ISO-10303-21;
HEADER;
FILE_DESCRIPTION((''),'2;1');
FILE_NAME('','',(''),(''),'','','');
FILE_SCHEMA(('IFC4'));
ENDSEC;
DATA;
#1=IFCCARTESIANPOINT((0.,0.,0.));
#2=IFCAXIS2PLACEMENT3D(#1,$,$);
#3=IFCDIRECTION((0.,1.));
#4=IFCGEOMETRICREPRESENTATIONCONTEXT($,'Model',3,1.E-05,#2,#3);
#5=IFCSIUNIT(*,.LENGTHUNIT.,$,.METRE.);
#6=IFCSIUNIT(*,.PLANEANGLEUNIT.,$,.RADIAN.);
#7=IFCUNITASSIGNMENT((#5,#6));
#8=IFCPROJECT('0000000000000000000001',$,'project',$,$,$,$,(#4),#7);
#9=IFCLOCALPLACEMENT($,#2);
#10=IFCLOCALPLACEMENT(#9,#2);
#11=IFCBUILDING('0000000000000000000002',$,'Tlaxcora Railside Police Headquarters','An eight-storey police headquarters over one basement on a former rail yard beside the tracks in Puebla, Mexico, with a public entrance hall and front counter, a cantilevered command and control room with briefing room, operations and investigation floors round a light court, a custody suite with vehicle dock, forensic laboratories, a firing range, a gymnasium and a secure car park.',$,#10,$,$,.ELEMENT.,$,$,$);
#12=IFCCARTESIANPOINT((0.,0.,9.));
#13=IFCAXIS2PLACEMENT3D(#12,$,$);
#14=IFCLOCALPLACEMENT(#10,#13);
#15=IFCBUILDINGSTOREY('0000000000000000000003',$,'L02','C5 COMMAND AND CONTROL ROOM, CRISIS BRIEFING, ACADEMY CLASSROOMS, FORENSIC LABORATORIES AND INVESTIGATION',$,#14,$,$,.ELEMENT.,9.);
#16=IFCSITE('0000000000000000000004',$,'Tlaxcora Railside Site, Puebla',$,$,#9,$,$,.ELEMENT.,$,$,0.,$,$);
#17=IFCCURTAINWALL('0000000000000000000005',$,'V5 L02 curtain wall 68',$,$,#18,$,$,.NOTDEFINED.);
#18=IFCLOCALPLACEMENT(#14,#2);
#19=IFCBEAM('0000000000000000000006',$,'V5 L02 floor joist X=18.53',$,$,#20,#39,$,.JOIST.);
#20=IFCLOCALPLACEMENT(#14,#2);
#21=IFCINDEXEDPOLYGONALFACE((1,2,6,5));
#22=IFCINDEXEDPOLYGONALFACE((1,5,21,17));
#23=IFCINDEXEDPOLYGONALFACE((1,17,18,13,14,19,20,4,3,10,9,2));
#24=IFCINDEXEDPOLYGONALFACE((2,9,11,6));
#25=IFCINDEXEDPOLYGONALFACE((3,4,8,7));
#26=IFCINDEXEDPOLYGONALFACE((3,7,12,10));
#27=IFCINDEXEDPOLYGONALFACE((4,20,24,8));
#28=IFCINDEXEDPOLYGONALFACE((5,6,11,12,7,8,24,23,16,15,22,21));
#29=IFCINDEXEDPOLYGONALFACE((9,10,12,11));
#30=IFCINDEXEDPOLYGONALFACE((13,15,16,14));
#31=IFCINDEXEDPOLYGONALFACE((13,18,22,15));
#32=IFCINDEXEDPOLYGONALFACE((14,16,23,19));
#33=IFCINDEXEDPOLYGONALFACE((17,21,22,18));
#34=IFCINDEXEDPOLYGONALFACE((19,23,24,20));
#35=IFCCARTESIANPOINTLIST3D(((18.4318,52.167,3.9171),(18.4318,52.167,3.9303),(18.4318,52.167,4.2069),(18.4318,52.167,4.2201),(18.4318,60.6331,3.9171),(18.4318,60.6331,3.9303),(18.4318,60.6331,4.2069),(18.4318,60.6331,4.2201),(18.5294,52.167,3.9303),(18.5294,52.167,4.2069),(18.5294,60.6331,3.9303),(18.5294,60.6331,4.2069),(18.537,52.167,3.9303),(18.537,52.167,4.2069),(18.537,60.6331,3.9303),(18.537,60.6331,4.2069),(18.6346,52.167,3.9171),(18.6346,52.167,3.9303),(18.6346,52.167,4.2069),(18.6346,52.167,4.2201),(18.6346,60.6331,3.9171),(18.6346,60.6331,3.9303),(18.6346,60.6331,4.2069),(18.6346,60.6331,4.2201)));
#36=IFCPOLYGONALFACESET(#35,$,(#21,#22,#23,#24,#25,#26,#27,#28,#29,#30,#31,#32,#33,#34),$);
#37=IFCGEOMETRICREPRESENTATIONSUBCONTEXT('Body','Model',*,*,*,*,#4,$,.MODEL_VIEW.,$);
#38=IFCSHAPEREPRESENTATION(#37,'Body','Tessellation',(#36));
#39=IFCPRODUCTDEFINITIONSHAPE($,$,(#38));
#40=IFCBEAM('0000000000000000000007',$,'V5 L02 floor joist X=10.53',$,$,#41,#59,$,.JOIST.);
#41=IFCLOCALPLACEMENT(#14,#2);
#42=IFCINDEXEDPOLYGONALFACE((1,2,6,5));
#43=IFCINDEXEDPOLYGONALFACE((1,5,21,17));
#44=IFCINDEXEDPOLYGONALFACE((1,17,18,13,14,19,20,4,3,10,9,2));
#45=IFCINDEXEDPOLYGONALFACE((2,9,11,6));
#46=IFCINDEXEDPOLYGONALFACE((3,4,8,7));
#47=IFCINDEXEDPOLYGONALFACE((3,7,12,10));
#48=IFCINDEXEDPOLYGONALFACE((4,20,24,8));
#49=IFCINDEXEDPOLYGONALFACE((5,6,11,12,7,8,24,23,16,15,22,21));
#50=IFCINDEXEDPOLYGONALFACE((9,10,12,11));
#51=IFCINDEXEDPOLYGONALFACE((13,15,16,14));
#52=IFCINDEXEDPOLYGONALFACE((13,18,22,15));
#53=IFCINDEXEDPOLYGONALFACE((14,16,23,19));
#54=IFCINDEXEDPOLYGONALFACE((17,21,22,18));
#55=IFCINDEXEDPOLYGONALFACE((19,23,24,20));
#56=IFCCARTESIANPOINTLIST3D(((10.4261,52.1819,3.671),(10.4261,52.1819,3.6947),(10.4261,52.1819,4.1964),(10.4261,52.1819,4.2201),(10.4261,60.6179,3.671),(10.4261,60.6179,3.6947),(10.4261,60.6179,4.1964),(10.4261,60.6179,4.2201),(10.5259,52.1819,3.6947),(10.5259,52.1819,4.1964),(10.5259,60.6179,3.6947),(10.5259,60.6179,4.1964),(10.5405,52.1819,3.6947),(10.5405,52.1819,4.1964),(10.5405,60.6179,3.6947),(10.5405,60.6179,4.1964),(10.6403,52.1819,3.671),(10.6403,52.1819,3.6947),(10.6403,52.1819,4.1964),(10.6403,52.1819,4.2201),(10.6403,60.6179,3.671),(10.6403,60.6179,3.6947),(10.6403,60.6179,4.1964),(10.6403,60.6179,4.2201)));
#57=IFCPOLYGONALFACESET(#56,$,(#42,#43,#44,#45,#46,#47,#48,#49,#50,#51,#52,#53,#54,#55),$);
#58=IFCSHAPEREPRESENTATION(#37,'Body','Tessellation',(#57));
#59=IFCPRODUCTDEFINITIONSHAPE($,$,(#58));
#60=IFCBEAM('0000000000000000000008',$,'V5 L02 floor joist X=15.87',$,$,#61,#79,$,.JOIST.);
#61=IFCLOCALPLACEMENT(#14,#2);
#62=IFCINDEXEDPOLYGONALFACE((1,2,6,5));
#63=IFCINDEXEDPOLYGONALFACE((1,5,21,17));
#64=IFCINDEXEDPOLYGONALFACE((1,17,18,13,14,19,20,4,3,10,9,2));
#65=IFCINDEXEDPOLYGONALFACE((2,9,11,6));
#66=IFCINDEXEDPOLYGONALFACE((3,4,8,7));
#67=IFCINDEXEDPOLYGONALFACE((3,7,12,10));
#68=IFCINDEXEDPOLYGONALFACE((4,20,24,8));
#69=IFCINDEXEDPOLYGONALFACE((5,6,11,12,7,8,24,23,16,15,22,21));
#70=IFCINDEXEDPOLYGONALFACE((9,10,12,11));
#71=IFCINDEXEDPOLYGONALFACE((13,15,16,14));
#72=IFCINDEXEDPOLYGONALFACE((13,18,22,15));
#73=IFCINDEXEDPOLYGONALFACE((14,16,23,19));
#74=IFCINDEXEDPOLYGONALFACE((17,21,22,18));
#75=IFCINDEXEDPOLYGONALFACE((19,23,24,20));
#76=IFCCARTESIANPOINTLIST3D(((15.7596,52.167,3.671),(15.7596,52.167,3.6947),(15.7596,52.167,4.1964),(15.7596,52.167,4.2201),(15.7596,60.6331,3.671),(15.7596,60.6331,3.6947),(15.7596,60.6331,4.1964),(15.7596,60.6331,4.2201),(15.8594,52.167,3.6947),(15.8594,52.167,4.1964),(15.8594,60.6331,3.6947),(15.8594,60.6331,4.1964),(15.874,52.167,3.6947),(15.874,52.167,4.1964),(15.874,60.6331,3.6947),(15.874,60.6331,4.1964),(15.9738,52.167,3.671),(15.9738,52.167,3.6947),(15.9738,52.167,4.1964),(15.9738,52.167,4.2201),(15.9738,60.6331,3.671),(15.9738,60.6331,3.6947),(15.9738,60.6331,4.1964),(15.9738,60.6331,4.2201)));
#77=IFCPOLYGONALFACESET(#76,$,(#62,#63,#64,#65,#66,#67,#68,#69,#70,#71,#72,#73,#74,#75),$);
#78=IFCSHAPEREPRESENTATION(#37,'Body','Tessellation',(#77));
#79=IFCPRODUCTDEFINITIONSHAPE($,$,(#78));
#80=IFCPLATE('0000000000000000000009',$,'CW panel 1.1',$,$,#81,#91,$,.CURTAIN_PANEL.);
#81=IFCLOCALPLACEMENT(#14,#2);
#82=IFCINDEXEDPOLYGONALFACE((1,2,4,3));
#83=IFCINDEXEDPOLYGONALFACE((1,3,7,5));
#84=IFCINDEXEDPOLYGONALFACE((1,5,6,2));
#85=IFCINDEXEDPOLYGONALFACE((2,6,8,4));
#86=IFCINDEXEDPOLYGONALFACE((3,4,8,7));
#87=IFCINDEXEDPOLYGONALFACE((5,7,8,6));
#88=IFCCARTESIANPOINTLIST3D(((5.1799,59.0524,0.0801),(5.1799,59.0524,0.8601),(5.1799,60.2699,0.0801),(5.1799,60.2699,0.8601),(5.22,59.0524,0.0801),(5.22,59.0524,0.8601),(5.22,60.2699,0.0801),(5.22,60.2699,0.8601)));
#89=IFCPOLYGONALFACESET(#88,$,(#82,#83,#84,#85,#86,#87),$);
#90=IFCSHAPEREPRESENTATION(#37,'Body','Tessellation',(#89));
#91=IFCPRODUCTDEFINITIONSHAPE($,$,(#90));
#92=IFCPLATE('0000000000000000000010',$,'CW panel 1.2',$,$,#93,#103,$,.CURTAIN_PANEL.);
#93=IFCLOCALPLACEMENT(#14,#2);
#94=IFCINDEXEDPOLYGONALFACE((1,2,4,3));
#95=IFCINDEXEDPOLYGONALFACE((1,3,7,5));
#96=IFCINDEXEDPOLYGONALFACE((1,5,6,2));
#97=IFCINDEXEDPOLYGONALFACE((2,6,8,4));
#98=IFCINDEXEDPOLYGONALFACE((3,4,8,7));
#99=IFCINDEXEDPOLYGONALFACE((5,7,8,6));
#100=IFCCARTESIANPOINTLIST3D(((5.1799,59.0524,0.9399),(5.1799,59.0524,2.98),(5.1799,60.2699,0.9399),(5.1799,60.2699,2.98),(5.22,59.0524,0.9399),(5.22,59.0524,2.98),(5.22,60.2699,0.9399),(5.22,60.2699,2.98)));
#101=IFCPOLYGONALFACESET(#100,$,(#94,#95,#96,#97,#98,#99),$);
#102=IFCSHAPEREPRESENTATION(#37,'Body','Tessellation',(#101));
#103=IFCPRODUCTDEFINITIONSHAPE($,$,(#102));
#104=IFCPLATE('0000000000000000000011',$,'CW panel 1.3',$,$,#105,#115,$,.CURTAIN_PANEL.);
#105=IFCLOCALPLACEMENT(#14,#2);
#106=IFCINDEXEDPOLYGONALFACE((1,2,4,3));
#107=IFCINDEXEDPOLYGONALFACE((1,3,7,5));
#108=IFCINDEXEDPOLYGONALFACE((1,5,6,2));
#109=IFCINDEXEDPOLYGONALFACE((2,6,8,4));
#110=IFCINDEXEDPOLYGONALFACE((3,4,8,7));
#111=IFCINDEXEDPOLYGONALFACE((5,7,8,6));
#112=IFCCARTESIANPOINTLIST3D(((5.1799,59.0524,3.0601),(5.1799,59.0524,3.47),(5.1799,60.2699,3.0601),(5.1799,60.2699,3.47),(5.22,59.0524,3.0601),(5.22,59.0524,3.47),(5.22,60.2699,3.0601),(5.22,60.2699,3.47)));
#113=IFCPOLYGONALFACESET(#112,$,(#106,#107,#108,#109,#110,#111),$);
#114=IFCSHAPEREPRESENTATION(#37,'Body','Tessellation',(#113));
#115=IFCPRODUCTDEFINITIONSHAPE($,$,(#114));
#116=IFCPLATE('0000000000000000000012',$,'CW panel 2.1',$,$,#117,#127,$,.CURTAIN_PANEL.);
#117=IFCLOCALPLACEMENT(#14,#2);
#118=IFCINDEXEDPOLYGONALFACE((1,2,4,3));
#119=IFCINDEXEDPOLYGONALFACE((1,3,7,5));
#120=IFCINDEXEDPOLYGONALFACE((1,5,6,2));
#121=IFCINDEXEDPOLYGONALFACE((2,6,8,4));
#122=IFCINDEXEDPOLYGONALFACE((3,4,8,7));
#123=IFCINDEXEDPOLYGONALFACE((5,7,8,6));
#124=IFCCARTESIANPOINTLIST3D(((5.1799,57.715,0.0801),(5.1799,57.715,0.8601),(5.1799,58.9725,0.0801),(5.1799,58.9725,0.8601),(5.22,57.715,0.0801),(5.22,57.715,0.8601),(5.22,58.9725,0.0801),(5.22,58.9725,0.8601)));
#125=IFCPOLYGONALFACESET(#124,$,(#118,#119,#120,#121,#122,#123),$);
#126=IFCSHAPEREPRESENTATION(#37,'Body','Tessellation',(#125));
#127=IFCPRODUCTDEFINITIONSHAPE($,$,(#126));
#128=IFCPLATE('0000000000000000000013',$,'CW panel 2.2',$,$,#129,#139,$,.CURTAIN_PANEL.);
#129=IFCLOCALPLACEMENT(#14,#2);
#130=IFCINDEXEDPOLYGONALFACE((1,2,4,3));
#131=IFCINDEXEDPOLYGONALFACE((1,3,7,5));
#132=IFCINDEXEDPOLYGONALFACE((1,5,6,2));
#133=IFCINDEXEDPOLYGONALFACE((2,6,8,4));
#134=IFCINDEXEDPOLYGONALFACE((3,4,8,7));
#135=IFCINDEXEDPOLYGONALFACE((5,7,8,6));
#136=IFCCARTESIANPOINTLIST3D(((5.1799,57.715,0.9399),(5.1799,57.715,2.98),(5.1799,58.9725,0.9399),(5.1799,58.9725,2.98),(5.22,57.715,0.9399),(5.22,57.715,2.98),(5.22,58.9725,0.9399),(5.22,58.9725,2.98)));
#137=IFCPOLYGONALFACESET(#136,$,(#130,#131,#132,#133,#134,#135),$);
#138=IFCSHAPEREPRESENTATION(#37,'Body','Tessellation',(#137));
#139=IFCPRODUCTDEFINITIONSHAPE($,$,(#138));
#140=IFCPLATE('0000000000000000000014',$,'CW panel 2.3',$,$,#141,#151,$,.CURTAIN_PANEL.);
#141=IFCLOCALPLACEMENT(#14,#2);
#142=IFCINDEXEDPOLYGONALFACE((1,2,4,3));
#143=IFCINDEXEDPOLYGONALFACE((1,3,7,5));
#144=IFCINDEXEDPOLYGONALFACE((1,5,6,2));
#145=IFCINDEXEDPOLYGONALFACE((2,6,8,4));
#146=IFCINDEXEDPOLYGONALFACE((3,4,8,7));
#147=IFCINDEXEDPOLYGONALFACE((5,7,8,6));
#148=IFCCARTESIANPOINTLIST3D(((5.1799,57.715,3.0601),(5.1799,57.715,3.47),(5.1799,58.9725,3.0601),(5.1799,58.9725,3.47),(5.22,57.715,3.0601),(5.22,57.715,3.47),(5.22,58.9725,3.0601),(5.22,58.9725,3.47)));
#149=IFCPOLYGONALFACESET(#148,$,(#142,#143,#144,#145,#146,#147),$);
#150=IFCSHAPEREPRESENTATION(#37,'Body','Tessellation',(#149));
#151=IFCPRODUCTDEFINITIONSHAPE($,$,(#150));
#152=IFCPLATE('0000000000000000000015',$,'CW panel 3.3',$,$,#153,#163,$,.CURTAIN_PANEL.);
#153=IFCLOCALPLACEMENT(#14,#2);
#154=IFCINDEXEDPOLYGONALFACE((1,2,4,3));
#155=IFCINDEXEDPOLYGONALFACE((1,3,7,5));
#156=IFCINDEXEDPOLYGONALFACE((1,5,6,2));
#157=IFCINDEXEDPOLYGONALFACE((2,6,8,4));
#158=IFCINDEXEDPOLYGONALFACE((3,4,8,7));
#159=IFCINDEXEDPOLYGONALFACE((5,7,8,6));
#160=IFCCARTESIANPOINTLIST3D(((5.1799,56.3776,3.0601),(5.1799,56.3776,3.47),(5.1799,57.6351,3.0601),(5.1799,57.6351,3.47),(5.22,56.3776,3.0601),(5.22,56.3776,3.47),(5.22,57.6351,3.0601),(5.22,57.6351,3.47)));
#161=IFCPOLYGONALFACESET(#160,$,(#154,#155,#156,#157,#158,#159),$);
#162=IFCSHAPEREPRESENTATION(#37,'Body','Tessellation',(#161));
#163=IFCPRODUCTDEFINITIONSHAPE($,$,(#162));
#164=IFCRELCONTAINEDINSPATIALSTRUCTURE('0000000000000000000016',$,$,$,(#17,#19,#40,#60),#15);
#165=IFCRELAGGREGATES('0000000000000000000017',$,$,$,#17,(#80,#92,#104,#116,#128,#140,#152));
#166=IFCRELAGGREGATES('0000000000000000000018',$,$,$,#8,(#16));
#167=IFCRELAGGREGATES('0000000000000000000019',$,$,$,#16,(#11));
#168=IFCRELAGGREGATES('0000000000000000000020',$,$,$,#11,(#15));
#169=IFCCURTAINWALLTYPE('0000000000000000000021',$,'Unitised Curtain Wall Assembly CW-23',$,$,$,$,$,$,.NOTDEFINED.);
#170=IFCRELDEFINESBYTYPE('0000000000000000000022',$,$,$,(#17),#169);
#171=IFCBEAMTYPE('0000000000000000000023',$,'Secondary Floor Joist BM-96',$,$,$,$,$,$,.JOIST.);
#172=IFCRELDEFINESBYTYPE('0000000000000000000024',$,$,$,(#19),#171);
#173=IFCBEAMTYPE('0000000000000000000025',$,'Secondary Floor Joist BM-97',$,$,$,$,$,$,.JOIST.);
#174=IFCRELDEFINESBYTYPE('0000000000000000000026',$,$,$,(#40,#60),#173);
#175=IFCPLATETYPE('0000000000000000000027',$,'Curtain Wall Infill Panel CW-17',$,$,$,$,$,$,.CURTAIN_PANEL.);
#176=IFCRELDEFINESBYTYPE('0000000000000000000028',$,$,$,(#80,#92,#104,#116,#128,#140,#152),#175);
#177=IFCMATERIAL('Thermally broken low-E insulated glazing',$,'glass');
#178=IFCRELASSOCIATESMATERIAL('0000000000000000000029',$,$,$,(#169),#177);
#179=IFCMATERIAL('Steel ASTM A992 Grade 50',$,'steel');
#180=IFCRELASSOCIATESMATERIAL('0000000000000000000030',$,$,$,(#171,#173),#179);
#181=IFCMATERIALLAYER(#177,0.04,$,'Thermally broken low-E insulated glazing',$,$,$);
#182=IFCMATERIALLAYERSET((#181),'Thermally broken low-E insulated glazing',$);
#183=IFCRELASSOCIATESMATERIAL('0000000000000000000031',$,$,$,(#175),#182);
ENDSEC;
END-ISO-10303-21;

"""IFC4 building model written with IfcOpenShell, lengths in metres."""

from ifc_helpers import new_model, si_unit, direction, frame, origin, origin_2d, place, context, subcontext, project, spatial, rectangle, i_section, extrude, material, layer, layer_set, material_profile, profile_set, type_object, element, aggregate, save


model = new_model("IFC4")

# Units and contexts
model_context = context("Model", 3, precision=1e-05, world=origin(), true_north=direction((0.0, 1.0)))
body_context = subcontext(model_context, "Body", "Model", "MODEL_VIEW")
ifc_project = project(units=[si_unit("LENGTHUNIT", "METRE"), si_unit("PLANEANGLEUNIT", "RADIAN")], contexts=[model_context])

# Site, building, storey
site_placement = place(None, origin())
site = spatial("IfcSite", under=ifc_project, at=site_placement, Name="Tlaxcora Railside Site, Puebla", CompositionType="ELEMENT", RefElevation=0.0)
building_placement = place(site_placement, origin())
building = spatial("IfcBuilding", under=site, at=building_placement, Name="Tlaxcora Railside Police Headquarters", Description="An eight-storey police headquarters over one basement on a former rail yard beside the tracks in Puebla, Mexico, with a public entrance hall and front counter, a cantilevered command and control room with briefing room, operations and investigation floors round a light court, a custody suite with vehicle dock, forensic laboratories, a firing range, a gymnasium and a secure car park.", CompositionType="ELEMENT")
storey_placement = place(building_placement, frame((0.0, 0.0, 9.0)))
storey = spatial("IfcBuildingStorey", under=building, at=storey_placement, Name="L02", Description="C5 COMMAND AND CONTROL ROOM, CRISIS BRIEFING, ACADEMY CLASSROOMS, FORENSIC LABORATORIES AND INVESTIGATION", CompositionType="ELEMENT", Elevation=9.0)

# Curtain wall
ifc_material_1 = material(Name="Thermally broken low-E insulated glazing", Category="glass")
curtain_wall_type = type_object("IfcCurtainWallType", Name="Unitised Curtain Wall Assembly CW-23", PredefinedType="NOTDEFINED", material=ifc_material_1)
curtain_wall_placement = place(storey_placement, origin())
curtain_wall = element("IfcCurtainWall", 1, at=curtain_wall_placement, inside=storey, type_object=curtain_wall_type, Name="V5 L02 curtain wall 68", PredefinedType="NOTDEFINED")

# Beams
ifc_material_2 = material(Name="Steel ASTM A992 Grade 50", Category="steel")
ifc_material_profile_1 = material_profile(ifc_material_2, i_section(OverallWidth=0.2029, OverallDepth=0.303, WebThickness=0.0076, FlangeThickness=0.0132, at=origin_2d()), Name="W12X40")
ifc_profile_set_1 = profile_set([ifc_material_profile_1], Name="Steel ASTM A992 Grade 50")
beam_type_1 = type_object("IfcBeamType", Name="Secondary Floor Joist BM-96", PredefinedType="JOIST", material=ifc_profile_set_1)
beam_1_placement = place(storey_placement, frame((18.5332, 52.167, 4.0686), z_axis=(0.0, 1.0, 0.0), x_axis=(-1.0, 0.0, 0.0)))
element("IfcBeam", 2, at=beam_1_placement, inside=storey, type_object=beam_type_1, Name="V5 L02 floor joist X=18.53", PredefinedType="JOIST", context=body_context, shape_type="SweptSolid", body=[
    extrude(i_section(OverallWidth=0.2029, OverallDepth=0.303, WebThickness=0.0076, FlangeThickness=0.0132, at=origin_2d()), origin(), (0.0, 0.0, 1.0), 8.4661),
])
ifc_material_profile_2 = material_profile(ifc_material_2, i_section(OverallWidth=0.2141, OverallDepth=0.5491, WebThickness=0.0146, FlangeThickness=0.0237, at=origin_2d()), Name="W21X93")
ifc_profile_set_2 = profile_set([ifc_material_profile_2], Name="Steel ASTM A992 Grade 50")
beam_type_2 = type_object("IfcBeamType", Name="Secondary Floor Joist BM-97", PredefinedType="JOIST", material=ifc_profile_set_2)
beam_2_placement = place(storey_placement, frame((10.5332, 52.1819, 3.9456), z_axis=(0.0, 1.0, 0.0), x_axis=(-1.0, 0.0, 0.0)))
element("IfcBeam", 3, at=beam_2_placement, inside=storey, type_object=beam_type_2, Name="V5 L02 floor joist X=10.53", PredefinedType="JOIST", context=body_context, shape_type="SweptSolid", body=[
    extrude(i_section(OverallWidth=0.2141, OverallDepth=0.5491, WebThickness=0.0146, FlangeThickness=0.0237, at=origin_2d()), origin(), (0.0, 0.0, 1.0), 8.436),
])
beam_3_placement = place(storey_placement, frame((15.8667, 52.167, 3.9456), z_axis=(0.0, 1.0, 0.0), x_axis=(-1.0, 0.0, 0.0)))
element("IfcBeam", 4, at=beam_3_placement, inside=storey, type_object=beam_type_2, Name="V5 L02 floor joist X=15.87", PredefinedType="JOIST", context=body_context, shape_type="SweptSolid", body=[
    extrude(i_section(OverallWidth=0.2141, OverallDepth=0.5491, WebThickness=0.0146, FlangeThickness=0.0237, at=origin_2d()), origin(), (0.0, 0.0, 1.0), 8.4661),
])

# Plates
ifc_layer = layer(ifc_material_1, 0.04, Name="Thermally broken low-E insulated glazing")
ifc_layer_set = layer_set([ifc_layer], Name="Thermally broken low-E insulated glazing")
plate_type = type_object("IfcPlateType", Name="Curtain Wall Infill Panel CW-17", PredefinedType="CURTAIN_PANEL", material=ifc_layer_set)
plate_1_placement = place(storey_placement, frame((5.2, 59.6611, 0.0801), z_axis=(0.0, 0.0, 1.0), x_axis=(0.0, -1.0, 0.0)))
plate_1 = element("IfcPlate", 5, at=plate_1_placement, type_object=plate_type, Name="CW panel 1.1", PredefinedType="CURTAIN_PANEL", context=body_context, shape_type="SweptSolid", body=[
    extrude(rectangle(XDim=1.2175, YDim=0.04, at=origin_2d()), origin(), (0.0, 0.0, 1.0), 0.78),
])
plate_2_placement = place(storey_placement, frame((5.2, 59.6611, 0.9399), z_axis=(0.0, 0.0, 1.0), x_axis=(0.0, -1.0, 0.0)))
plate_2 = element("IfcPlate", 6, at=plate_2_placement, type_object=plate_type, Name="CW panel 1.2", PredefinedType="CURTAIN_PANEL", context=body_context, shape_type="SweptSolid", body=[
    extrude(rectangle(XDim=1.2175, YDim=0.04, at=origin_2d()), origin(), (0.0, 0.0, 1.0), 2.04),
])
plate_3_placement = place(storey_placement, frame((5.2, 59.6611, 3.0601), z_axis=(0.0, 0.0, 1.0), x_axis=(0.0, -1.0, 0.0)))
plate_3 = element("IfcPlate", 7, at=plate_3_placement, type_object=plate_type, Name="CW panel 1.3", PredefinedType="CURTAIN_PANEL", context=body_context, shape_type="SweptSolid", body=[
    extrude(rectangle(XDim=1.2175, YDim=0.04, at=origin_2d()), origin(), (0.0, 0.0, 1.0), 0.4099),
])
plate_4_placement = place(storey_placement, frame((5.2, 58.3438, 0.0801), z_axis=(0.0, 0.0, 1.0), x_axis=(0.0, -1.0, 0.0)))
plate_4 = element("IfcPlate", 8, at=plate_4_placement, type_object=plate_type, Name="CW panel 2.1", PredefinedType="CURTAIN_PANEL", context=body_context, shape_type="SweptSolid", body=[
    extrude(rectangle(XDim=1.2576, YDim=0.04, at=origin_2d()), origin(), (0.0, 0.0, 1.0), 0.78),
])
plate_5_placement = place(storey_placement, frame((5.2, 58.3438, 0.9399), z_axis=(0.0, 0.0, 1.0), x_axis=(0.0, -1.0, 0.0)))
plate_5 = element("IfcPlate", 9, at=plate_5_placement, type_object=plate_type, Name="CW panel 2.2", PredefinedType="CURTAIN_PANEL", context=body_context, shape_type="SweptSolid", body=[
    extrude(rectangle(XDim=1.2576, YDim=0.04, at=origin_2d()), origin(), (0.0, 0.0, 1.0), 2.04),
])
plate_6_placement = place(storey_placement, frame((5.2, 58.3438, 3.0601), z_axis=(0.0, 0.0, 1.0), x_axis=(0.0, -1.0, 0.0)))
plate_6 = element("IfcPlate", 10, at=plate_6_placement, type_object=plate_type, Name="CW panel 2.3", PredefinedType="CURTAIN_PANEL", context=body_context, shape_type="SweptSolid", body=[
    extrude(rectangle(XDim=1.2576, YDim=0.04, at=origin_2d()), origin(), (0.0, 0.0, 1.0), 0.4099),
])
plate_7_placement = place(storey_placement, frame((5.2, 57.0063, 3.0601), z_axis=(0.0, 0.0, 1.0), x_axis=(0.0, -1.0, 0.0)))
plate_7 = element("IfcPlate", 11, at=plate_7_placement, type_object=plate_type, Name="CW panel 3.3", PredefinedType="CURTAIN_PANEL", context=body_context, shape_type="SweptSolid", body=[
    extrude(rectangle(XDim=1.2576, YDim=0.04, at=origin_2d()), origin(), (0.0, 0.0, 1.0), 0.4099),
])
aggregate(curtain_wall, [plate_1, plate_2, plate_3, plate_4, plate_5, plate_6, plate_7])

save(model, "model.ifc")
